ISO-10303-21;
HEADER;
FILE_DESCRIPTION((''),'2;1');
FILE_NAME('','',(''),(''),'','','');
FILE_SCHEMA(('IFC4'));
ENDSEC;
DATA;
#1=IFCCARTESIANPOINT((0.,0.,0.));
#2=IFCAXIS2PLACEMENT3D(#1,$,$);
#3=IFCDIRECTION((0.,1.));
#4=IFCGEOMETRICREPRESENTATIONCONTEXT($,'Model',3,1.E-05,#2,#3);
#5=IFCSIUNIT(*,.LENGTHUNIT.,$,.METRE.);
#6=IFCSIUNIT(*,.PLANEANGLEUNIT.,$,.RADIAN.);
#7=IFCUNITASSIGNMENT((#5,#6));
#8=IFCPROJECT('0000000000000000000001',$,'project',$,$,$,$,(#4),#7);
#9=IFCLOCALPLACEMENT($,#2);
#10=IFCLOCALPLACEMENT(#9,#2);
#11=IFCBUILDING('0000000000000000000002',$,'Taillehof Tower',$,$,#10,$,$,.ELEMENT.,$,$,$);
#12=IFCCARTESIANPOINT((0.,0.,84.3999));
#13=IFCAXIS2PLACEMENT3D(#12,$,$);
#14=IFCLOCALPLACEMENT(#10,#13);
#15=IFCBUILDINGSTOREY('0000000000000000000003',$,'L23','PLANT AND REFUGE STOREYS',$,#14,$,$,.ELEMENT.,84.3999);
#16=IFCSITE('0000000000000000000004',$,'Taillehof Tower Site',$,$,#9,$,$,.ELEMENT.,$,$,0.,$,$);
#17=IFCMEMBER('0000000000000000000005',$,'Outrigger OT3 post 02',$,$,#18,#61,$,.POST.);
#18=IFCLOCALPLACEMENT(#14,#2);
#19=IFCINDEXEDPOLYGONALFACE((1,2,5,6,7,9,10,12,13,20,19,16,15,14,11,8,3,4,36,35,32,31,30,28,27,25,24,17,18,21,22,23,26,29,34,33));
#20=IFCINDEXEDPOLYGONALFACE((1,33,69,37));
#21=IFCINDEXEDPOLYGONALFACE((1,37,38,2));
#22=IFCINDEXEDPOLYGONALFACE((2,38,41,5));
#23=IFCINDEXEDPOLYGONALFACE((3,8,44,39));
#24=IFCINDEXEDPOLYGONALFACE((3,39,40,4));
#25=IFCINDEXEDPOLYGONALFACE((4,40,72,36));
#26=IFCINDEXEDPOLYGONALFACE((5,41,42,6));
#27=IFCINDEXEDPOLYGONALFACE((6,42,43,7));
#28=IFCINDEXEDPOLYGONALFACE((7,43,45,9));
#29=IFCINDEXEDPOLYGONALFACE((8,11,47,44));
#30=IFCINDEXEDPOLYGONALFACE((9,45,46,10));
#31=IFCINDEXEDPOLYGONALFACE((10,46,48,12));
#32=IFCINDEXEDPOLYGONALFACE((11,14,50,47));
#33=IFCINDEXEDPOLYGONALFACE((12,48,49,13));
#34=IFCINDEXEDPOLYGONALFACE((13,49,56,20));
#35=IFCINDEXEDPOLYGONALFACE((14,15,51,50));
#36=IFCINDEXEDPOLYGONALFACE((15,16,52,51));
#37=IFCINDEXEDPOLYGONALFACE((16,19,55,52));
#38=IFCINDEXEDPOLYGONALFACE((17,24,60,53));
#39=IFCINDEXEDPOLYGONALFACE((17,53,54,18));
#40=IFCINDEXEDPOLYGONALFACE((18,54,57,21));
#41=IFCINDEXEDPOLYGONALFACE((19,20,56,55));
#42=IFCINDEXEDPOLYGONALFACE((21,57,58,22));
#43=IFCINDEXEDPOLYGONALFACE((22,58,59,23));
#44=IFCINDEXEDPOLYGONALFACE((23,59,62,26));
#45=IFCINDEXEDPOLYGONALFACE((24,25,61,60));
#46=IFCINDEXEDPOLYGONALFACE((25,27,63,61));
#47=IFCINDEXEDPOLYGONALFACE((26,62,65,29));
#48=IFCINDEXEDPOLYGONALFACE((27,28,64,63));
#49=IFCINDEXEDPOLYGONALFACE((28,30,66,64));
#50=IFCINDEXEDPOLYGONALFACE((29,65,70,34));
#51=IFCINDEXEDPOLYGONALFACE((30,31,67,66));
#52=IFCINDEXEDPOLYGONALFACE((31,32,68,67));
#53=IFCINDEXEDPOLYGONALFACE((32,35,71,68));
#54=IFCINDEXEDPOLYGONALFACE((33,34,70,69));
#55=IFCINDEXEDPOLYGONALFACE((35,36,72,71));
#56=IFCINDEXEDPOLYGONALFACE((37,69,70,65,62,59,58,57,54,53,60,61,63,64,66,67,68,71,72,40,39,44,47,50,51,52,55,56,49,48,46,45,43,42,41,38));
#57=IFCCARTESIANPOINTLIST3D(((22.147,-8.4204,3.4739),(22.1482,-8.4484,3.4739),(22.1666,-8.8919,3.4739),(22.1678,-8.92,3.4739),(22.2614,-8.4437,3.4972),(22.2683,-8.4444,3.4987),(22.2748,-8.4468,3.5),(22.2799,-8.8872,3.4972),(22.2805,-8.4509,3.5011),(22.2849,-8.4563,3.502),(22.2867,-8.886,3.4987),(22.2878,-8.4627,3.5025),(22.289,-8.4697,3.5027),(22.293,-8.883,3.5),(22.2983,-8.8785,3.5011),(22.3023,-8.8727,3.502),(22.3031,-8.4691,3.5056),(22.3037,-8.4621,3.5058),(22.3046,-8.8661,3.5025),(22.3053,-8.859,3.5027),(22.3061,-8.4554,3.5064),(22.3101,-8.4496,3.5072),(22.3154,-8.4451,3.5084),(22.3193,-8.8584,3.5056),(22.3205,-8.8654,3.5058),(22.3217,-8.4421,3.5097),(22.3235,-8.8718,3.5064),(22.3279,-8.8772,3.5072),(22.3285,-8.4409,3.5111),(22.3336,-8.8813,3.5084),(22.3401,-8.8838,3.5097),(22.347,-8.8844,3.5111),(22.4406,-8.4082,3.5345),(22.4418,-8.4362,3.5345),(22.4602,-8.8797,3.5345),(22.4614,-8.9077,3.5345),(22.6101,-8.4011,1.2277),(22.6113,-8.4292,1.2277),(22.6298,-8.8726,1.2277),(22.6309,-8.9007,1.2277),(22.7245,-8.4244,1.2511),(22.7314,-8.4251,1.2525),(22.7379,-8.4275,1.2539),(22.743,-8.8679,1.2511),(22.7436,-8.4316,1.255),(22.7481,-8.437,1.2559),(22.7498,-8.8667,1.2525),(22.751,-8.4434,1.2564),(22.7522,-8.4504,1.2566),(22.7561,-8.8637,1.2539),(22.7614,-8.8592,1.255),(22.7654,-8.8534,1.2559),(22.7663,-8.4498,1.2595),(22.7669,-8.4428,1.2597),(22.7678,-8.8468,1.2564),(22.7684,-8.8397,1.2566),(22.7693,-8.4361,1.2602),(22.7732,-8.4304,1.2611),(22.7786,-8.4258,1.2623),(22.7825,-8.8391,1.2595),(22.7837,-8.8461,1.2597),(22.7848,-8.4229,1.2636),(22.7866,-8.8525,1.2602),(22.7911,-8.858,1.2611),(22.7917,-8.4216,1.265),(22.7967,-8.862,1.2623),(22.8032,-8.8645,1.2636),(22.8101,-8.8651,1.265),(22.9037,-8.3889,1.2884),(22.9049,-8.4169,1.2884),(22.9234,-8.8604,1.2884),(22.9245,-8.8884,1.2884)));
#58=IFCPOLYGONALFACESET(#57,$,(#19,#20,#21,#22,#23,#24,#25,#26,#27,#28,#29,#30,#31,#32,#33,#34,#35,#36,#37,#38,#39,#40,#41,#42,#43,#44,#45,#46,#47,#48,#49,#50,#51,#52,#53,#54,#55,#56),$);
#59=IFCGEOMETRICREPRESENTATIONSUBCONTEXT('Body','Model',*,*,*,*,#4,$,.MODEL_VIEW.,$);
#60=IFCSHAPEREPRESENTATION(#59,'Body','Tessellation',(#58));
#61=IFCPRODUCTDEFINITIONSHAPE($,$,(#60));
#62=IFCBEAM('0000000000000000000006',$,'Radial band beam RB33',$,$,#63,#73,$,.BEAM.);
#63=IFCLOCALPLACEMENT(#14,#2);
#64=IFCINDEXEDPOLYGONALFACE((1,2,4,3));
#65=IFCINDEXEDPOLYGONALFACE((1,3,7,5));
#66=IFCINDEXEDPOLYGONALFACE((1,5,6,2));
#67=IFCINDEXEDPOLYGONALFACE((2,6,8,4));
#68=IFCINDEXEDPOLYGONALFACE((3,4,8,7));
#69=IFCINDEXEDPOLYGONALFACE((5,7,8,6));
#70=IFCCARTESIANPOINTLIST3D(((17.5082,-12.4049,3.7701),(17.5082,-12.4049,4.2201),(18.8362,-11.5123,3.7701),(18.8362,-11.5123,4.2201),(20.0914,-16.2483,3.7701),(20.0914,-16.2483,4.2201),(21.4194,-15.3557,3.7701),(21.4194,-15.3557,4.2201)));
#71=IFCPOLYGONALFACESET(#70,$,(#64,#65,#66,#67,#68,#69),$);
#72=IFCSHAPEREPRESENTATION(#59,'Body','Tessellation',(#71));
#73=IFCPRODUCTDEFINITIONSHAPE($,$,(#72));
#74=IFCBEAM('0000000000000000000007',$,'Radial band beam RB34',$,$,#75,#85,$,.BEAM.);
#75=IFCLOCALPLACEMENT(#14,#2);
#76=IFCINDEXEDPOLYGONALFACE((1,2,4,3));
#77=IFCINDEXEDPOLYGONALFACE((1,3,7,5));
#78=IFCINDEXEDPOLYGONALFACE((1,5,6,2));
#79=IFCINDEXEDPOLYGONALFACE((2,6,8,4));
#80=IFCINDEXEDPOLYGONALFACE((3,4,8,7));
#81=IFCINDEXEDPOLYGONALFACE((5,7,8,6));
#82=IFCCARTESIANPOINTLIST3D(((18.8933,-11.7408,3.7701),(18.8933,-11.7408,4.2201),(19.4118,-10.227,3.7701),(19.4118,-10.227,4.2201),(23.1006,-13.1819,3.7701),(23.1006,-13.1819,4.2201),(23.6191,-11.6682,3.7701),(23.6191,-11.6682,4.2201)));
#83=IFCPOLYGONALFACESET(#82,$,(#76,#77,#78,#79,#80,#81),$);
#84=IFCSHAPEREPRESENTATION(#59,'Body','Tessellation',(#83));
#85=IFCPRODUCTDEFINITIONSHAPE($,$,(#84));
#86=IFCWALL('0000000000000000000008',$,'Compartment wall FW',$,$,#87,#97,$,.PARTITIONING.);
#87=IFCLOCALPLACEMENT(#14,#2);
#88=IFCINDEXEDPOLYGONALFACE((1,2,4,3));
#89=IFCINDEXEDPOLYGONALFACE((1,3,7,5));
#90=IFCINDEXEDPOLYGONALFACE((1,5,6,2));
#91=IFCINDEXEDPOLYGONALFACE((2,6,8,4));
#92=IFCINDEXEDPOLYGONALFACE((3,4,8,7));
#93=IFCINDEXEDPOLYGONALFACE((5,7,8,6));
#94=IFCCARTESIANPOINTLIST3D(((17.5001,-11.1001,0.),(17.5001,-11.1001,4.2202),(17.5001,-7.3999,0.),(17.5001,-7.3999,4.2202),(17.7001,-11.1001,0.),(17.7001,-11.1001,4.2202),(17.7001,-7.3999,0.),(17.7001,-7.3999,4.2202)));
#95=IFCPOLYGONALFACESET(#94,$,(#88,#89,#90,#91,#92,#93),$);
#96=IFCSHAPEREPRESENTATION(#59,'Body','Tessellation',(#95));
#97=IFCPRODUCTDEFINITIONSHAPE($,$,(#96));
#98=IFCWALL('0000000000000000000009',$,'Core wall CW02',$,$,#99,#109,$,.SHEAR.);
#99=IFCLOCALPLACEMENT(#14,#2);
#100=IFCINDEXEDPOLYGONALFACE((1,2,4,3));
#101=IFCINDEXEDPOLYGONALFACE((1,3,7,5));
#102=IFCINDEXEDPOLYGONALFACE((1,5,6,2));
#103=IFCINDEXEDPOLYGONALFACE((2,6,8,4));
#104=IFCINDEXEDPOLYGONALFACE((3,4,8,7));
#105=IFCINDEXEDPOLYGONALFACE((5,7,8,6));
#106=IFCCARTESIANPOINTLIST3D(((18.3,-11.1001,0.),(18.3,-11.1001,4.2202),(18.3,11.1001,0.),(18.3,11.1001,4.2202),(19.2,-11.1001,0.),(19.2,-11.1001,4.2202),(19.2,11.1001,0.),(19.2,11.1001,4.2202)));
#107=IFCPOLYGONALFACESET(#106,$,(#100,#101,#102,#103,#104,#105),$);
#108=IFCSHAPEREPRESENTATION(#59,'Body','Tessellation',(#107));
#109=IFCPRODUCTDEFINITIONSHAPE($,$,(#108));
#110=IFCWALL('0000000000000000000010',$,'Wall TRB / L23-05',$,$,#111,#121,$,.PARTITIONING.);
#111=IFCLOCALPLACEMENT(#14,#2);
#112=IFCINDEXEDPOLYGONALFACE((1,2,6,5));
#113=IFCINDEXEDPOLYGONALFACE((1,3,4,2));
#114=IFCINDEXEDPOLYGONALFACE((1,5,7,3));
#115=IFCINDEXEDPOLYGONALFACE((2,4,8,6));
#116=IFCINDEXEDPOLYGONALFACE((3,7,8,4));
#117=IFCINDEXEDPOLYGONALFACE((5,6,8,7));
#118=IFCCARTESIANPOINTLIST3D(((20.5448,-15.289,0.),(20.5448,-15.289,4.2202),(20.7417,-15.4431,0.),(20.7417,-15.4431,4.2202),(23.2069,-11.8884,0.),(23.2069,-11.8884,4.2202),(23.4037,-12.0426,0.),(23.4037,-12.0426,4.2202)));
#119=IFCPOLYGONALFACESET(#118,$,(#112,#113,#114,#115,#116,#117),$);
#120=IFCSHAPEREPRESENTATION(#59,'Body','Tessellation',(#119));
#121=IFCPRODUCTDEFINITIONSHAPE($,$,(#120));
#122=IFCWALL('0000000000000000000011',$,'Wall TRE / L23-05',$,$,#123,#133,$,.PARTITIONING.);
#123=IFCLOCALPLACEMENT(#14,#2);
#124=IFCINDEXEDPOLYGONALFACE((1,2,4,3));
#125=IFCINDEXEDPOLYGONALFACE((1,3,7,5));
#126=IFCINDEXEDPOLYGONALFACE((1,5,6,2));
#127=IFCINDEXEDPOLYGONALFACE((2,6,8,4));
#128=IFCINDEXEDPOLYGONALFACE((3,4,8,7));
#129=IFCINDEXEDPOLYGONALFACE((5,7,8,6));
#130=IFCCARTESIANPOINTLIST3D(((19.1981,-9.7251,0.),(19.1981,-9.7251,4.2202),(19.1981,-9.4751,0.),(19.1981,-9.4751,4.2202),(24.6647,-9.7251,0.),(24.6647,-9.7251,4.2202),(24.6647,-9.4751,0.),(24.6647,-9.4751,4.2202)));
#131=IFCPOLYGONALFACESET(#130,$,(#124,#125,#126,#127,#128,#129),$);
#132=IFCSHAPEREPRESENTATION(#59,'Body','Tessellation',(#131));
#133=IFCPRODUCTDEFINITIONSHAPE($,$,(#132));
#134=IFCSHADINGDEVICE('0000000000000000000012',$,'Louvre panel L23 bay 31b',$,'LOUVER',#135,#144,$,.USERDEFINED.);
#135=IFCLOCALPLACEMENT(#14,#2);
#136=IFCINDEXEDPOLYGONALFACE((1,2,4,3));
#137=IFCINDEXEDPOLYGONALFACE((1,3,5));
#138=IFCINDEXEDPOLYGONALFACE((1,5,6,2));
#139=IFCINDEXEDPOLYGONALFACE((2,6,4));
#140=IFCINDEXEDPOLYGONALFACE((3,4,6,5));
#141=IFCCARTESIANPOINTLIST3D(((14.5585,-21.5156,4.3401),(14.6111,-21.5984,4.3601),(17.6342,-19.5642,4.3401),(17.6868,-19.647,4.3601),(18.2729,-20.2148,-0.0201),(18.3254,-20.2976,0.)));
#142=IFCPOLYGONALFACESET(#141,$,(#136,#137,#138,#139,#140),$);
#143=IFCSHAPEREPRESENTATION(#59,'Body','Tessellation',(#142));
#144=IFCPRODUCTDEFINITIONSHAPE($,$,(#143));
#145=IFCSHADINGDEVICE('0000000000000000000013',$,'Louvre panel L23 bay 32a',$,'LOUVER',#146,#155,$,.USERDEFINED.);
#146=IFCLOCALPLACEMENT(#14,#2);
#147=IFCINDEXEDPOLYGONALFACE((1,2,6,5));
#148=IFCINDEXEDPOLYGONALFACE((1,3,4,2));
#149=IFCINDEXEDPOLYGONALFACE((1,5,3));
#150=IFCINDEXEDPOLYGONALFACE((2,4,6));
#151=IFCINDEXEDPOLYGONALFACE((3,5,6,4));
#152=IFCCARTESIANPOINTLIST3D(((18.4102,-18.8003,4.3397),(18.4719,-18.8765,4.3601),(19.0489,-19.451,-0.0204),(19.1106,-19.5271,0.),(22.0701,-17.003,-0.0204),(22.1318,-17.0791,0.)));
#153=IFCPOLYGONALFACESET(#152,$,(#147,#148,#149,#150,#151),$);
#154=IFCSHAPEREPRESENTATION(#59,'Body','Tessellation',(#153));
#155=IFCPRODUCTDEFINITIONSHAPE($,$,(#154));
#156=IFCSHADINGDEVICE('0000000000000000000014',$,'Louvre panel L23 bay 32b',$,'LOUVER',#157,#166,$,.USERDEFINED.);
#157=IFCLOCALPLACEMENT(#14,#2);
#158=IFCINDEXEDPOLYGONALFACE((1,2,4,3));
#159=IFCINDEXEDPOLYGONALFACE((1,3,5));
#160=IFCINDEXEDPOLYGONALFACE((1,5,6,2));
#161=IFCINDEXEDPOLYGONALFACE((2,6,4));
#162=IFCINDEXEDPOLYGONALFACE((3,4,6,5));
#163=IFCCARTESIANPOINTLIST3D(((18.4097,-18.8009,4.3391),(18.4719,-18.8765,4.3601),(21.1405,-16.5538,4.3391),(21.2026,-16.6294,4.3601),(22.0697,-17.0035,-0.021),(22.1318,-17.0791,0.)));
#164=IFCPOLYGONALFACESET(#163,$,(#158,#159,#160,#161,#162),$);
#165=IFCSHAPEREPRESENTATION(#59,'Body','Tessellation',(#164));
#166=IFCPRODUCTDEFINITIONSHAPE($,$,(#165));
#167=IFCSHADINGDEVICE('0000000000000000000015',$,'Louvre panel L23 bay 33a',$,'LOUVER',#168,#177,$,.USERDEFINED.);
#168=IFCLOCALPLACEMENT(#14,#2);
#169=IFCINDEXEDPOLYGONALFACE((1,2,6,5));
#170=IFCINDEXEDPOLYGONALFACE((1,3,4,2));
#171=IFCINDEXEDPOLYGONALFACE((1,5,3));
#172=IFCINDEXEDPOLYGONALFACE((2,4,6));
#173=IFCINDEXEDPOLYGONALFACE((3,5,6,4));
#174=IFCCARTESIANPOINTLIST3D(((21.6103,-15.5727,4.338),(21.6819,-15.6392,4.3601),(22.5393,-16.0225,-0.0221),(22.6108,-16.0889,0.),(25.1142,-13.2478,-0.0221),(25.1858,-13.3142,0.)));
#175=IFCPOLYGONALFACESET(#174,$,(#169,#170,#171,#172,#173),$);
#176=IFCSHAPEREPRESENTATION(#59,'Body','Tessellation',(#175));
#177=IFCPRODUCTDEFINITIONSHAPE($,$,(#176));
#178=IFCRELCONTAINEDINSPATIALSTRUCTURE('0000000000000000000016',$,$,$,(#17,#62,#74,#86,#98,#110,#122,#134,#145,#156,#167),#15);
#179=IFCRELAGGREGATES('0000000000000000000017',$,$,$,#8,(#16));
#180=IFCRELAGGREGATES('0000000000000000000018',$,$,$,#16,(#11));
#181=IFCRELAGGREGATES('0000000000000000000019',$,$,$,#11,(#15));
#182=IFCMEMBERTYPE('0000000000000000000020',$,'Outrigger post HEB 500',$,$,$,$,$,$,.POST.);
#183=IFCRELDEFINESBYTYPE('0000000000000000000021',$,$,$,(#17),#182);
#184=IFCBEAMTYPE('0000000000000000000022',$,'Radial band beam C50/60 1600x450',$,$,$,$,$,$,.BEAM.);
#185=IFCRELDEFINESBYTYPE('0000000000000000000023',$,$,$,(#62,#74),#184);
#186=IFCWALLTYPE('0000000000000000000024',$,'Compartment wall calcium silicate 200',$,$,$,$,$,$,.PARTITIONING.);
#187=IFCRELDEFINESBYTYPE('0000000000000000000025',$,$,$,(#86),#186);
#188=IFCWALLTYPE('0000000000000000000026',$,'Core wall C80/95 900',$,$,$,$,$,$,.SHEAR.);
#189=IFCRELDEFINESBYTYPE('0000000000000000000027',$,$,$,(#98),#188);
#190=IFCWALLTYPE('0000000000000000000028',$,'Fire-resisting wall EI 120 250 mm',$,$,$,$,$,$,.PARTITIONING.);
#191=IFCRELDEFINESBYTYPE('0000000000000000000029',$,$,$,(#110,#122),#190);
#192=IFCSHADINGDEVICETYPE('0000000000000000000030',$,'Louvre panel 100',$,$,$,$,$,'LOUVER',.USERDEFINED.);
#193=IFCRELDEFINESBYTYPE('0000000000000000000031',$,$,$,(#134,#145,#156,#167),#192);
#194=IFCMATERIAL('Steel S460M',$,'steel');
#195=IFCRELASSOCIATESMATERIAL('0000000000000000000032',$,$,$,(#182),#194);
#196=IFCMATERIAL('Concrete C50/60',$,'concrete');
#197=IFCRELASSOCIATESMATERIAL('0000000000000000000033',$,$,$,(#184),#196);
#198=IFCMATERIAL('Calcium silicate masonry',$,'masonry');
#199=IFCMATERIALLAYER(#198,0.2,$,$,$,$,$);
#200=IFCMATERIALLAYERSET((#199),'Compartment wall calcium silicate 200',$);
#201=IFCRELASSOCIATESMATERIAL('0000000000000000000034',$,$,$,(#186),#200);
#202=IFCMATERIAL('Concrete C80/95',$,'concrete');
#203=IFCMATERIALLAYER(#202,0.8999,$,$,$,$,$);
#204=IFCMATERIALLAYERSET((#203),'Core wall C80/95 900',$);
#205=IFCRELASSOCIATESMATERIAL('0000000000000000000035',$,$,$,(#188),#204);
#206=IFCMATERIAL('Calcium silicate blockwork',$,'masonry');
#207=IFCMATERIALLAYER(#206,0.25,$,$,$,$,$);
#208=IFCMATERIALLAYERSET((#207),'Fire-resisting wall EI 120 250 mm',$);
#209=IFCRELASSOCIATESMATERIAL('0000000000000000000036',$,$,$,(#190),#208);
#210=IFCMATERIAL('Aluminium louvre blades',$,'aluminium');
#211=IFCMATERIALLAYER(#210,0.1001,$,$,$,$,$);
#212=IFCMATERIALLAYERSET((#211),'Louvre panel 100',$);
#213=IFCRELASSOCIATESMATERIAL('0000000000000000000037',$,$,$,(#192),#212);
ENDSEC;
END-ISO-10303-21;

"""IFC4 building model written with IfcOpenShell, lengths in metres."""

from ifc_helpers import new_model, si_unit, direction, frame, frame_2d, origin, origin_2d, place, context, subcontext, project, spatial, polyline, rectangle, i_section, outline, extrude, material, layer, layer_set, material_profile, profile_set, type_object, element, save


model = new_model("IFC4")

# Units and contexts
model_context = context("Model", 3, precision=1e-05, world=origin(), true_north=direction((0.0, 1.0)))
body_context = subcontext(model_context, "Body", "Model", "MODEL_VIEW")
ifc_project = project(units=[si_unit("LENGTHUNIT", "METRE"), si_unit("PLANEANGLEUNIT", "RADIAN")], contexts=[model_context])

# Site, building, storey
site_placement = place(None, origin())
site = spatial("IfcSite", under=ifc_project, at=site_placement, Name="Taillehof Tower Site", CompositionType="ELEMENT", RefElevation=0.0)
building_placement = place(site_placement, origin())
building = spatial("IfcBuilding", under=site, at=building_placement, Name="Taillehof Tower", CompositionType="ELEMENT")
storey_placement = place(building_placement, frame((0.0, 0.0, 84.3999)))
storey = spatial("IfcBuildingStorey", under=building, at=storey_placement, Name="L23", Description="PLANT AND REFUGE STOREYS", CompositionType="ELEMENT", Elevation=84.3999)

# Member
ifc_material_1 = material(Name="Steel S460M", Category="steel")
ifc_material_profile_1 = material_profile(ifc_material_1, i_section(OverallWidth=0.3, OverallDepth=0.5, WebThickness=0.0144, FlangeThickness=0.0281, FilletRadius=0.0271, at=origin_2d()), Name="HEB 500")
ifc_profile_set_1 = profile_set([ifc_material_profile_1], Name="Steel S460M")
member_type_1 = type_object("IfcMemberType", Name="Outrigger post HEB 500", PredefinedType="POST", material=ifc_profile_set_1)
member_1_placement = place(storey_placement, frame((22.7673, -8.6448, 1.2581), z_axis=(-0.20194, -0.00841, 0.979362), x_axis=(-0.978514, -0.04075, -0.202115)))
element("IfcMember", 1, at=member_1_placement, inside=storey, type_object=member_type_1, Name="Outrigger OT3 post 02", PredefinedType="POST", context=body_context, shape_type="SweptSolid", body=[
    extrude(i_section(OverallWidth=0.3, OverallDepth=0.5, WebThickness=0.0144, FlangeThickness=0.0281, FilletRadius=0.0271, at=origin_2d()), origin(), (0.0, 0.0, 1.0), 2.2935),
])

# Beams
ifc_material_2 = material(Name="Concrete C50/60", Category="concrete")
ifc_material_profile_2 = material_profile(ifc_material_2, rectangle(XDim=1.6001, YDim=0.45, at=origin_2d()), Name="RC 1600x450")
ifc_profile_set_2 = profile_set([ifc_material_profile_2], Name="Concrete C50/60")
beam_type = type_object("IfcBeamType", Name="Radial band beam C50/60 1600x450", PredefinedType="BEAM", material=ifc_profile_set_2)
beam_1_placement = place(storey_placement, frame((20.7554, -15.802, 3.9951), z_axis=(-0.557823, 0.82996, 0.0), x_axis=(-0.82996, -0.557823, 0.0)))
element("IfcBeam", 2, at=beam_1_placement, inside=storey, type_object=beam_type, Name="Radial band beam RB33", PredefinedType="BEAM", context=body_context, shape_type="SweptSolid", body=[
    extrude(rectangle(XDim=1.6001, YDim=0.45, at=origin_2d()), origin(), (0.0, 0.0, 1.0), 4.6309),
])
beam_2_placement = place(storey_placement, frame((23.3599, -12.425, 3.9951), z_axis=(-0.946038, 0.324056, 0.0), x_axis=(-0.324056, -0.946038, 0.0)))
element("IfcBeam", 3, at=beam_2_placement, inside=storey, type_object=beam_type, Name="Radial band beam RB34", PredefinedType="BEAM", context=body_context, shape_type="SweptSolid", body=[
    extrude(rectangle(XDim=1.6001, YDim=0.45, at=origin_2d()), origin(), (0.0, 0.0, 1.0), 4.4473),
])

# Walls
ifc_material_3 = material(Name="Calcium silicate masonry", Category="masonry")
ifc_layer_1 = layer(ifc_material_3, 0.2)
ifc_layer_set_1 = layer_set([ifc_layer_1], Name="Compartment wall calcium silicate 200")
wall_type_1 = type_object("IfcWallType", Name="Compartment wall calcium silicate 200", PredefinedType="PARTITIONING", material=ifc_layer_set_1)
wall_1_placement = place(storey_placement, frame((17.6001, -11.1001, 0.0), z_axis=(0.0, 0.0, 1.0), x_axis=(0.0, 1.0, 0.0)))
element("IfcWall", 4, at=wall_1_placement, inside=storey, type_object=wall_type_1, Name="Compartment wall FW", PredefinedType="PARTITIONING", context=body_context, shape_type="SweptSolid", body=[
    extrude(rectangle(XDim=3.7002, YDim=0.2, at=frame_2d((1.8501, 0.0))), origin(), (0.0, 0.0, 1.0), 4.2202),
])
ifc_material_4 = material(Name="Concrete C80/95", Category="concrete")
ifc_layer_2 = layer(ifc_material_4, 0.8999)
ifc_layer_set_2 = layer_set([ifc_layer_2], Name="Core wall C80/95 900")
wall_type_2 = type_object("IfcWallType", Name="Core wall C80/95 900", PredefinedType="SHEAR", material=ifc_layer_set_2)
wall_2_placement = place(storey_placement, frame((18.75, -11.1001, 0.0), z_axis=(0.0, 0.0, 1.0), x_axis=(0.0, 1.0, 0.0)))
element("IfcWall", 5, at=wall_2_placement, inside=storey, type_object=wall_type_2, Name="Core wall CW02", PredefinedType="SHEAR", context=body_context, shape_type="SweptSolid", body=[
    extrude(rectangle(XDim=22.2002, YDim=0.8999, at=frame_2d((11.1001, 0.0))), origin(), (0.0, 0.0, 1.0), 4.2202),
])
ifc_material_5 = material(Name="Calcium silicate blockwork", Category="masonry")
ifc_layer_3 = layer(ifc_material_5, 0.25)
ifc_layer_set_3 = layer_set([ifc_layer_3], Name="Fire-resisting wall EI 120 250 mm")
wall_type_3 = type_object("IfcWallType", Name="Fire-resisting wall EI 120 250 mm", PredefinedType="PARTITIONING", material=ifc_layer_set_3)
wall_3_placement = place(storey_placement, frame((20.6433, -15.366, 0.0), z_axis=(0.0, 0.0, 1.0), x_axis=(0.616415, 0.787421, 0.0)))
element("IfcWall", 6, at=wall_3_placement, inside=storey, type_object=wall_type_3, Name="Wall TRB / L23-05", PredefinedType="PARTITIONING", context=body_context, shape_type="SweptSolid", body=[
    extrude(rectangle(XDim=4.3186, YDim=0.25, at=frame_2d((2.1592, 0.0))), origin(), (0.0, 0.0, 1.0), 4.2202),
])
wall_4_placement = place(storey_placement, frame((19.198, -9.6001, 0.0), z_axis=(0.0, 0.0, 1.0), x_axis=(1.0, 0.0, 0.0)))
element("IfcWall", 7, at=wall_4_placement, inside=storey, type_object=wall_type_3, Name="Wall TRE / L23-05", PredefinedType="PARTITIONING", context=body_context, shape_type="SweptSolid", body=[
    extrude(rectangle(XDim=5.4666, YDim=0.25, at=frame_2d((2.7334, 0.0))), origin(), (0.0, 0.0, 1.0), 4.2202),
])

# Shading devices
ifc_material_6 = material(Name="Aluminium louvre blades", Category="aluminium")
ifc_layer_4 = layer(ifc_material_6, 0.1001)
ifc_layer_set_4 = layer_set([ifc_layer_4], Name="Louvre panel 100")
shading_device_type = type_object("IfcShadingDeviceType", Name="Louvre panel 100", ElementType="LOUVER", PredefinedType="USERDEFINED", material=ifc_layer_set_4)
shading_device_1_placement = place(storey_placement, frame((18.3254, -20.2976, 0.0), z_axis=(0.524874, -0.827269, 0.200333), x_axis=(-0.14338, 0.146065, 0.978829)))
element("IfcShadingDevice", 8, at=shading_device_1_placement, inside=storey, type_object=shading_device_type, Name="Louvre panel L23 bay 31b", ObjectType="LOUVER", PredefinedType="USERDEFINED", context=body_context, shape_type="SweptSolid", body=[
    extrude(outline(polyline([(0.0, 0.0), (4.4544, 0.0), (4.6104, 3.6392), (0.0, 0.0)])), origin(), (0.0, 0.0, -1.0), 0.1001),
])
shading_device_2_placement = place(storey_placement, frame((19.1106, -19.5271, 0.0), z_axis=(0.616334, -0.760659, 0.20379), x_axis=(0.776964, 0.629545, 0.0)))
element("IfcShadingDevice", 9, at=shading_device_2_placement, inside=storey, type_object=shading_device_type, Name="Louvre panel L23 bay 32a", ObjectType="LOUVER", PredefinedType="USERDEFINED", context=body_context, shape_type="SweptSolid", body=[
    extrude(outline(polyline([(0.0, 0.0), (3.8885, 0.0), (-0.0866, 4.4536), (0.0, 0.0)])), origin(), (0.0, 0.0, -1.0), 0.1001),
])
shading_device_3_placement = place(storey_placement, frame((22.1318, -17.0791, 0.0), z_axis=(0.621209, -0.754913, 0.210251), x_axis=(-0.207381, 0.100367, 0.973098)))
element("IfcShadingDevice", 10, at=shading_device_3_placement, inside=storey, type_object=shading_device_type, Name="Louvre panel L23 bay 32b", ObjectType="LOUVER", PredefinedType="USERDEFINED", context=body_context, shape_type="SweptSolid", body=[
    extrude(outline(polyline([(0.0, 0.0), (4.4806, 0.0), (4.8214, 3.5199), (0.0, 0.0)])), origin(), (0.0, 0.0, -1.0), 0.1001),
])
shading_device_4_placement = place(storey_placement, frame((22.6108, -16.0889, 0.0), z_axis=(0.714911, -0.663455, 0.220747), x_axis=(0.680236, 0.732993, 0.0)))
element("IfcShadingDevice", 11, at=shading_device_4_placement, inside=storey, type_object=shading_device_type, Name="Louvre panel L23 bay 33a", ObjectType="LOUVER", PredefinedType="USERDEFINED", context=body_context, shape_type="SweptSolid", body=[
    extrude(outline(polyline([(0.0, 0.0), (3.7854, 0.0), (-0.3023, 4.4704), (0.0, 0.0)])), origin(), (0.0, 0.0, -1.0), 0.1001),
])

save(model, "model.ifc")
